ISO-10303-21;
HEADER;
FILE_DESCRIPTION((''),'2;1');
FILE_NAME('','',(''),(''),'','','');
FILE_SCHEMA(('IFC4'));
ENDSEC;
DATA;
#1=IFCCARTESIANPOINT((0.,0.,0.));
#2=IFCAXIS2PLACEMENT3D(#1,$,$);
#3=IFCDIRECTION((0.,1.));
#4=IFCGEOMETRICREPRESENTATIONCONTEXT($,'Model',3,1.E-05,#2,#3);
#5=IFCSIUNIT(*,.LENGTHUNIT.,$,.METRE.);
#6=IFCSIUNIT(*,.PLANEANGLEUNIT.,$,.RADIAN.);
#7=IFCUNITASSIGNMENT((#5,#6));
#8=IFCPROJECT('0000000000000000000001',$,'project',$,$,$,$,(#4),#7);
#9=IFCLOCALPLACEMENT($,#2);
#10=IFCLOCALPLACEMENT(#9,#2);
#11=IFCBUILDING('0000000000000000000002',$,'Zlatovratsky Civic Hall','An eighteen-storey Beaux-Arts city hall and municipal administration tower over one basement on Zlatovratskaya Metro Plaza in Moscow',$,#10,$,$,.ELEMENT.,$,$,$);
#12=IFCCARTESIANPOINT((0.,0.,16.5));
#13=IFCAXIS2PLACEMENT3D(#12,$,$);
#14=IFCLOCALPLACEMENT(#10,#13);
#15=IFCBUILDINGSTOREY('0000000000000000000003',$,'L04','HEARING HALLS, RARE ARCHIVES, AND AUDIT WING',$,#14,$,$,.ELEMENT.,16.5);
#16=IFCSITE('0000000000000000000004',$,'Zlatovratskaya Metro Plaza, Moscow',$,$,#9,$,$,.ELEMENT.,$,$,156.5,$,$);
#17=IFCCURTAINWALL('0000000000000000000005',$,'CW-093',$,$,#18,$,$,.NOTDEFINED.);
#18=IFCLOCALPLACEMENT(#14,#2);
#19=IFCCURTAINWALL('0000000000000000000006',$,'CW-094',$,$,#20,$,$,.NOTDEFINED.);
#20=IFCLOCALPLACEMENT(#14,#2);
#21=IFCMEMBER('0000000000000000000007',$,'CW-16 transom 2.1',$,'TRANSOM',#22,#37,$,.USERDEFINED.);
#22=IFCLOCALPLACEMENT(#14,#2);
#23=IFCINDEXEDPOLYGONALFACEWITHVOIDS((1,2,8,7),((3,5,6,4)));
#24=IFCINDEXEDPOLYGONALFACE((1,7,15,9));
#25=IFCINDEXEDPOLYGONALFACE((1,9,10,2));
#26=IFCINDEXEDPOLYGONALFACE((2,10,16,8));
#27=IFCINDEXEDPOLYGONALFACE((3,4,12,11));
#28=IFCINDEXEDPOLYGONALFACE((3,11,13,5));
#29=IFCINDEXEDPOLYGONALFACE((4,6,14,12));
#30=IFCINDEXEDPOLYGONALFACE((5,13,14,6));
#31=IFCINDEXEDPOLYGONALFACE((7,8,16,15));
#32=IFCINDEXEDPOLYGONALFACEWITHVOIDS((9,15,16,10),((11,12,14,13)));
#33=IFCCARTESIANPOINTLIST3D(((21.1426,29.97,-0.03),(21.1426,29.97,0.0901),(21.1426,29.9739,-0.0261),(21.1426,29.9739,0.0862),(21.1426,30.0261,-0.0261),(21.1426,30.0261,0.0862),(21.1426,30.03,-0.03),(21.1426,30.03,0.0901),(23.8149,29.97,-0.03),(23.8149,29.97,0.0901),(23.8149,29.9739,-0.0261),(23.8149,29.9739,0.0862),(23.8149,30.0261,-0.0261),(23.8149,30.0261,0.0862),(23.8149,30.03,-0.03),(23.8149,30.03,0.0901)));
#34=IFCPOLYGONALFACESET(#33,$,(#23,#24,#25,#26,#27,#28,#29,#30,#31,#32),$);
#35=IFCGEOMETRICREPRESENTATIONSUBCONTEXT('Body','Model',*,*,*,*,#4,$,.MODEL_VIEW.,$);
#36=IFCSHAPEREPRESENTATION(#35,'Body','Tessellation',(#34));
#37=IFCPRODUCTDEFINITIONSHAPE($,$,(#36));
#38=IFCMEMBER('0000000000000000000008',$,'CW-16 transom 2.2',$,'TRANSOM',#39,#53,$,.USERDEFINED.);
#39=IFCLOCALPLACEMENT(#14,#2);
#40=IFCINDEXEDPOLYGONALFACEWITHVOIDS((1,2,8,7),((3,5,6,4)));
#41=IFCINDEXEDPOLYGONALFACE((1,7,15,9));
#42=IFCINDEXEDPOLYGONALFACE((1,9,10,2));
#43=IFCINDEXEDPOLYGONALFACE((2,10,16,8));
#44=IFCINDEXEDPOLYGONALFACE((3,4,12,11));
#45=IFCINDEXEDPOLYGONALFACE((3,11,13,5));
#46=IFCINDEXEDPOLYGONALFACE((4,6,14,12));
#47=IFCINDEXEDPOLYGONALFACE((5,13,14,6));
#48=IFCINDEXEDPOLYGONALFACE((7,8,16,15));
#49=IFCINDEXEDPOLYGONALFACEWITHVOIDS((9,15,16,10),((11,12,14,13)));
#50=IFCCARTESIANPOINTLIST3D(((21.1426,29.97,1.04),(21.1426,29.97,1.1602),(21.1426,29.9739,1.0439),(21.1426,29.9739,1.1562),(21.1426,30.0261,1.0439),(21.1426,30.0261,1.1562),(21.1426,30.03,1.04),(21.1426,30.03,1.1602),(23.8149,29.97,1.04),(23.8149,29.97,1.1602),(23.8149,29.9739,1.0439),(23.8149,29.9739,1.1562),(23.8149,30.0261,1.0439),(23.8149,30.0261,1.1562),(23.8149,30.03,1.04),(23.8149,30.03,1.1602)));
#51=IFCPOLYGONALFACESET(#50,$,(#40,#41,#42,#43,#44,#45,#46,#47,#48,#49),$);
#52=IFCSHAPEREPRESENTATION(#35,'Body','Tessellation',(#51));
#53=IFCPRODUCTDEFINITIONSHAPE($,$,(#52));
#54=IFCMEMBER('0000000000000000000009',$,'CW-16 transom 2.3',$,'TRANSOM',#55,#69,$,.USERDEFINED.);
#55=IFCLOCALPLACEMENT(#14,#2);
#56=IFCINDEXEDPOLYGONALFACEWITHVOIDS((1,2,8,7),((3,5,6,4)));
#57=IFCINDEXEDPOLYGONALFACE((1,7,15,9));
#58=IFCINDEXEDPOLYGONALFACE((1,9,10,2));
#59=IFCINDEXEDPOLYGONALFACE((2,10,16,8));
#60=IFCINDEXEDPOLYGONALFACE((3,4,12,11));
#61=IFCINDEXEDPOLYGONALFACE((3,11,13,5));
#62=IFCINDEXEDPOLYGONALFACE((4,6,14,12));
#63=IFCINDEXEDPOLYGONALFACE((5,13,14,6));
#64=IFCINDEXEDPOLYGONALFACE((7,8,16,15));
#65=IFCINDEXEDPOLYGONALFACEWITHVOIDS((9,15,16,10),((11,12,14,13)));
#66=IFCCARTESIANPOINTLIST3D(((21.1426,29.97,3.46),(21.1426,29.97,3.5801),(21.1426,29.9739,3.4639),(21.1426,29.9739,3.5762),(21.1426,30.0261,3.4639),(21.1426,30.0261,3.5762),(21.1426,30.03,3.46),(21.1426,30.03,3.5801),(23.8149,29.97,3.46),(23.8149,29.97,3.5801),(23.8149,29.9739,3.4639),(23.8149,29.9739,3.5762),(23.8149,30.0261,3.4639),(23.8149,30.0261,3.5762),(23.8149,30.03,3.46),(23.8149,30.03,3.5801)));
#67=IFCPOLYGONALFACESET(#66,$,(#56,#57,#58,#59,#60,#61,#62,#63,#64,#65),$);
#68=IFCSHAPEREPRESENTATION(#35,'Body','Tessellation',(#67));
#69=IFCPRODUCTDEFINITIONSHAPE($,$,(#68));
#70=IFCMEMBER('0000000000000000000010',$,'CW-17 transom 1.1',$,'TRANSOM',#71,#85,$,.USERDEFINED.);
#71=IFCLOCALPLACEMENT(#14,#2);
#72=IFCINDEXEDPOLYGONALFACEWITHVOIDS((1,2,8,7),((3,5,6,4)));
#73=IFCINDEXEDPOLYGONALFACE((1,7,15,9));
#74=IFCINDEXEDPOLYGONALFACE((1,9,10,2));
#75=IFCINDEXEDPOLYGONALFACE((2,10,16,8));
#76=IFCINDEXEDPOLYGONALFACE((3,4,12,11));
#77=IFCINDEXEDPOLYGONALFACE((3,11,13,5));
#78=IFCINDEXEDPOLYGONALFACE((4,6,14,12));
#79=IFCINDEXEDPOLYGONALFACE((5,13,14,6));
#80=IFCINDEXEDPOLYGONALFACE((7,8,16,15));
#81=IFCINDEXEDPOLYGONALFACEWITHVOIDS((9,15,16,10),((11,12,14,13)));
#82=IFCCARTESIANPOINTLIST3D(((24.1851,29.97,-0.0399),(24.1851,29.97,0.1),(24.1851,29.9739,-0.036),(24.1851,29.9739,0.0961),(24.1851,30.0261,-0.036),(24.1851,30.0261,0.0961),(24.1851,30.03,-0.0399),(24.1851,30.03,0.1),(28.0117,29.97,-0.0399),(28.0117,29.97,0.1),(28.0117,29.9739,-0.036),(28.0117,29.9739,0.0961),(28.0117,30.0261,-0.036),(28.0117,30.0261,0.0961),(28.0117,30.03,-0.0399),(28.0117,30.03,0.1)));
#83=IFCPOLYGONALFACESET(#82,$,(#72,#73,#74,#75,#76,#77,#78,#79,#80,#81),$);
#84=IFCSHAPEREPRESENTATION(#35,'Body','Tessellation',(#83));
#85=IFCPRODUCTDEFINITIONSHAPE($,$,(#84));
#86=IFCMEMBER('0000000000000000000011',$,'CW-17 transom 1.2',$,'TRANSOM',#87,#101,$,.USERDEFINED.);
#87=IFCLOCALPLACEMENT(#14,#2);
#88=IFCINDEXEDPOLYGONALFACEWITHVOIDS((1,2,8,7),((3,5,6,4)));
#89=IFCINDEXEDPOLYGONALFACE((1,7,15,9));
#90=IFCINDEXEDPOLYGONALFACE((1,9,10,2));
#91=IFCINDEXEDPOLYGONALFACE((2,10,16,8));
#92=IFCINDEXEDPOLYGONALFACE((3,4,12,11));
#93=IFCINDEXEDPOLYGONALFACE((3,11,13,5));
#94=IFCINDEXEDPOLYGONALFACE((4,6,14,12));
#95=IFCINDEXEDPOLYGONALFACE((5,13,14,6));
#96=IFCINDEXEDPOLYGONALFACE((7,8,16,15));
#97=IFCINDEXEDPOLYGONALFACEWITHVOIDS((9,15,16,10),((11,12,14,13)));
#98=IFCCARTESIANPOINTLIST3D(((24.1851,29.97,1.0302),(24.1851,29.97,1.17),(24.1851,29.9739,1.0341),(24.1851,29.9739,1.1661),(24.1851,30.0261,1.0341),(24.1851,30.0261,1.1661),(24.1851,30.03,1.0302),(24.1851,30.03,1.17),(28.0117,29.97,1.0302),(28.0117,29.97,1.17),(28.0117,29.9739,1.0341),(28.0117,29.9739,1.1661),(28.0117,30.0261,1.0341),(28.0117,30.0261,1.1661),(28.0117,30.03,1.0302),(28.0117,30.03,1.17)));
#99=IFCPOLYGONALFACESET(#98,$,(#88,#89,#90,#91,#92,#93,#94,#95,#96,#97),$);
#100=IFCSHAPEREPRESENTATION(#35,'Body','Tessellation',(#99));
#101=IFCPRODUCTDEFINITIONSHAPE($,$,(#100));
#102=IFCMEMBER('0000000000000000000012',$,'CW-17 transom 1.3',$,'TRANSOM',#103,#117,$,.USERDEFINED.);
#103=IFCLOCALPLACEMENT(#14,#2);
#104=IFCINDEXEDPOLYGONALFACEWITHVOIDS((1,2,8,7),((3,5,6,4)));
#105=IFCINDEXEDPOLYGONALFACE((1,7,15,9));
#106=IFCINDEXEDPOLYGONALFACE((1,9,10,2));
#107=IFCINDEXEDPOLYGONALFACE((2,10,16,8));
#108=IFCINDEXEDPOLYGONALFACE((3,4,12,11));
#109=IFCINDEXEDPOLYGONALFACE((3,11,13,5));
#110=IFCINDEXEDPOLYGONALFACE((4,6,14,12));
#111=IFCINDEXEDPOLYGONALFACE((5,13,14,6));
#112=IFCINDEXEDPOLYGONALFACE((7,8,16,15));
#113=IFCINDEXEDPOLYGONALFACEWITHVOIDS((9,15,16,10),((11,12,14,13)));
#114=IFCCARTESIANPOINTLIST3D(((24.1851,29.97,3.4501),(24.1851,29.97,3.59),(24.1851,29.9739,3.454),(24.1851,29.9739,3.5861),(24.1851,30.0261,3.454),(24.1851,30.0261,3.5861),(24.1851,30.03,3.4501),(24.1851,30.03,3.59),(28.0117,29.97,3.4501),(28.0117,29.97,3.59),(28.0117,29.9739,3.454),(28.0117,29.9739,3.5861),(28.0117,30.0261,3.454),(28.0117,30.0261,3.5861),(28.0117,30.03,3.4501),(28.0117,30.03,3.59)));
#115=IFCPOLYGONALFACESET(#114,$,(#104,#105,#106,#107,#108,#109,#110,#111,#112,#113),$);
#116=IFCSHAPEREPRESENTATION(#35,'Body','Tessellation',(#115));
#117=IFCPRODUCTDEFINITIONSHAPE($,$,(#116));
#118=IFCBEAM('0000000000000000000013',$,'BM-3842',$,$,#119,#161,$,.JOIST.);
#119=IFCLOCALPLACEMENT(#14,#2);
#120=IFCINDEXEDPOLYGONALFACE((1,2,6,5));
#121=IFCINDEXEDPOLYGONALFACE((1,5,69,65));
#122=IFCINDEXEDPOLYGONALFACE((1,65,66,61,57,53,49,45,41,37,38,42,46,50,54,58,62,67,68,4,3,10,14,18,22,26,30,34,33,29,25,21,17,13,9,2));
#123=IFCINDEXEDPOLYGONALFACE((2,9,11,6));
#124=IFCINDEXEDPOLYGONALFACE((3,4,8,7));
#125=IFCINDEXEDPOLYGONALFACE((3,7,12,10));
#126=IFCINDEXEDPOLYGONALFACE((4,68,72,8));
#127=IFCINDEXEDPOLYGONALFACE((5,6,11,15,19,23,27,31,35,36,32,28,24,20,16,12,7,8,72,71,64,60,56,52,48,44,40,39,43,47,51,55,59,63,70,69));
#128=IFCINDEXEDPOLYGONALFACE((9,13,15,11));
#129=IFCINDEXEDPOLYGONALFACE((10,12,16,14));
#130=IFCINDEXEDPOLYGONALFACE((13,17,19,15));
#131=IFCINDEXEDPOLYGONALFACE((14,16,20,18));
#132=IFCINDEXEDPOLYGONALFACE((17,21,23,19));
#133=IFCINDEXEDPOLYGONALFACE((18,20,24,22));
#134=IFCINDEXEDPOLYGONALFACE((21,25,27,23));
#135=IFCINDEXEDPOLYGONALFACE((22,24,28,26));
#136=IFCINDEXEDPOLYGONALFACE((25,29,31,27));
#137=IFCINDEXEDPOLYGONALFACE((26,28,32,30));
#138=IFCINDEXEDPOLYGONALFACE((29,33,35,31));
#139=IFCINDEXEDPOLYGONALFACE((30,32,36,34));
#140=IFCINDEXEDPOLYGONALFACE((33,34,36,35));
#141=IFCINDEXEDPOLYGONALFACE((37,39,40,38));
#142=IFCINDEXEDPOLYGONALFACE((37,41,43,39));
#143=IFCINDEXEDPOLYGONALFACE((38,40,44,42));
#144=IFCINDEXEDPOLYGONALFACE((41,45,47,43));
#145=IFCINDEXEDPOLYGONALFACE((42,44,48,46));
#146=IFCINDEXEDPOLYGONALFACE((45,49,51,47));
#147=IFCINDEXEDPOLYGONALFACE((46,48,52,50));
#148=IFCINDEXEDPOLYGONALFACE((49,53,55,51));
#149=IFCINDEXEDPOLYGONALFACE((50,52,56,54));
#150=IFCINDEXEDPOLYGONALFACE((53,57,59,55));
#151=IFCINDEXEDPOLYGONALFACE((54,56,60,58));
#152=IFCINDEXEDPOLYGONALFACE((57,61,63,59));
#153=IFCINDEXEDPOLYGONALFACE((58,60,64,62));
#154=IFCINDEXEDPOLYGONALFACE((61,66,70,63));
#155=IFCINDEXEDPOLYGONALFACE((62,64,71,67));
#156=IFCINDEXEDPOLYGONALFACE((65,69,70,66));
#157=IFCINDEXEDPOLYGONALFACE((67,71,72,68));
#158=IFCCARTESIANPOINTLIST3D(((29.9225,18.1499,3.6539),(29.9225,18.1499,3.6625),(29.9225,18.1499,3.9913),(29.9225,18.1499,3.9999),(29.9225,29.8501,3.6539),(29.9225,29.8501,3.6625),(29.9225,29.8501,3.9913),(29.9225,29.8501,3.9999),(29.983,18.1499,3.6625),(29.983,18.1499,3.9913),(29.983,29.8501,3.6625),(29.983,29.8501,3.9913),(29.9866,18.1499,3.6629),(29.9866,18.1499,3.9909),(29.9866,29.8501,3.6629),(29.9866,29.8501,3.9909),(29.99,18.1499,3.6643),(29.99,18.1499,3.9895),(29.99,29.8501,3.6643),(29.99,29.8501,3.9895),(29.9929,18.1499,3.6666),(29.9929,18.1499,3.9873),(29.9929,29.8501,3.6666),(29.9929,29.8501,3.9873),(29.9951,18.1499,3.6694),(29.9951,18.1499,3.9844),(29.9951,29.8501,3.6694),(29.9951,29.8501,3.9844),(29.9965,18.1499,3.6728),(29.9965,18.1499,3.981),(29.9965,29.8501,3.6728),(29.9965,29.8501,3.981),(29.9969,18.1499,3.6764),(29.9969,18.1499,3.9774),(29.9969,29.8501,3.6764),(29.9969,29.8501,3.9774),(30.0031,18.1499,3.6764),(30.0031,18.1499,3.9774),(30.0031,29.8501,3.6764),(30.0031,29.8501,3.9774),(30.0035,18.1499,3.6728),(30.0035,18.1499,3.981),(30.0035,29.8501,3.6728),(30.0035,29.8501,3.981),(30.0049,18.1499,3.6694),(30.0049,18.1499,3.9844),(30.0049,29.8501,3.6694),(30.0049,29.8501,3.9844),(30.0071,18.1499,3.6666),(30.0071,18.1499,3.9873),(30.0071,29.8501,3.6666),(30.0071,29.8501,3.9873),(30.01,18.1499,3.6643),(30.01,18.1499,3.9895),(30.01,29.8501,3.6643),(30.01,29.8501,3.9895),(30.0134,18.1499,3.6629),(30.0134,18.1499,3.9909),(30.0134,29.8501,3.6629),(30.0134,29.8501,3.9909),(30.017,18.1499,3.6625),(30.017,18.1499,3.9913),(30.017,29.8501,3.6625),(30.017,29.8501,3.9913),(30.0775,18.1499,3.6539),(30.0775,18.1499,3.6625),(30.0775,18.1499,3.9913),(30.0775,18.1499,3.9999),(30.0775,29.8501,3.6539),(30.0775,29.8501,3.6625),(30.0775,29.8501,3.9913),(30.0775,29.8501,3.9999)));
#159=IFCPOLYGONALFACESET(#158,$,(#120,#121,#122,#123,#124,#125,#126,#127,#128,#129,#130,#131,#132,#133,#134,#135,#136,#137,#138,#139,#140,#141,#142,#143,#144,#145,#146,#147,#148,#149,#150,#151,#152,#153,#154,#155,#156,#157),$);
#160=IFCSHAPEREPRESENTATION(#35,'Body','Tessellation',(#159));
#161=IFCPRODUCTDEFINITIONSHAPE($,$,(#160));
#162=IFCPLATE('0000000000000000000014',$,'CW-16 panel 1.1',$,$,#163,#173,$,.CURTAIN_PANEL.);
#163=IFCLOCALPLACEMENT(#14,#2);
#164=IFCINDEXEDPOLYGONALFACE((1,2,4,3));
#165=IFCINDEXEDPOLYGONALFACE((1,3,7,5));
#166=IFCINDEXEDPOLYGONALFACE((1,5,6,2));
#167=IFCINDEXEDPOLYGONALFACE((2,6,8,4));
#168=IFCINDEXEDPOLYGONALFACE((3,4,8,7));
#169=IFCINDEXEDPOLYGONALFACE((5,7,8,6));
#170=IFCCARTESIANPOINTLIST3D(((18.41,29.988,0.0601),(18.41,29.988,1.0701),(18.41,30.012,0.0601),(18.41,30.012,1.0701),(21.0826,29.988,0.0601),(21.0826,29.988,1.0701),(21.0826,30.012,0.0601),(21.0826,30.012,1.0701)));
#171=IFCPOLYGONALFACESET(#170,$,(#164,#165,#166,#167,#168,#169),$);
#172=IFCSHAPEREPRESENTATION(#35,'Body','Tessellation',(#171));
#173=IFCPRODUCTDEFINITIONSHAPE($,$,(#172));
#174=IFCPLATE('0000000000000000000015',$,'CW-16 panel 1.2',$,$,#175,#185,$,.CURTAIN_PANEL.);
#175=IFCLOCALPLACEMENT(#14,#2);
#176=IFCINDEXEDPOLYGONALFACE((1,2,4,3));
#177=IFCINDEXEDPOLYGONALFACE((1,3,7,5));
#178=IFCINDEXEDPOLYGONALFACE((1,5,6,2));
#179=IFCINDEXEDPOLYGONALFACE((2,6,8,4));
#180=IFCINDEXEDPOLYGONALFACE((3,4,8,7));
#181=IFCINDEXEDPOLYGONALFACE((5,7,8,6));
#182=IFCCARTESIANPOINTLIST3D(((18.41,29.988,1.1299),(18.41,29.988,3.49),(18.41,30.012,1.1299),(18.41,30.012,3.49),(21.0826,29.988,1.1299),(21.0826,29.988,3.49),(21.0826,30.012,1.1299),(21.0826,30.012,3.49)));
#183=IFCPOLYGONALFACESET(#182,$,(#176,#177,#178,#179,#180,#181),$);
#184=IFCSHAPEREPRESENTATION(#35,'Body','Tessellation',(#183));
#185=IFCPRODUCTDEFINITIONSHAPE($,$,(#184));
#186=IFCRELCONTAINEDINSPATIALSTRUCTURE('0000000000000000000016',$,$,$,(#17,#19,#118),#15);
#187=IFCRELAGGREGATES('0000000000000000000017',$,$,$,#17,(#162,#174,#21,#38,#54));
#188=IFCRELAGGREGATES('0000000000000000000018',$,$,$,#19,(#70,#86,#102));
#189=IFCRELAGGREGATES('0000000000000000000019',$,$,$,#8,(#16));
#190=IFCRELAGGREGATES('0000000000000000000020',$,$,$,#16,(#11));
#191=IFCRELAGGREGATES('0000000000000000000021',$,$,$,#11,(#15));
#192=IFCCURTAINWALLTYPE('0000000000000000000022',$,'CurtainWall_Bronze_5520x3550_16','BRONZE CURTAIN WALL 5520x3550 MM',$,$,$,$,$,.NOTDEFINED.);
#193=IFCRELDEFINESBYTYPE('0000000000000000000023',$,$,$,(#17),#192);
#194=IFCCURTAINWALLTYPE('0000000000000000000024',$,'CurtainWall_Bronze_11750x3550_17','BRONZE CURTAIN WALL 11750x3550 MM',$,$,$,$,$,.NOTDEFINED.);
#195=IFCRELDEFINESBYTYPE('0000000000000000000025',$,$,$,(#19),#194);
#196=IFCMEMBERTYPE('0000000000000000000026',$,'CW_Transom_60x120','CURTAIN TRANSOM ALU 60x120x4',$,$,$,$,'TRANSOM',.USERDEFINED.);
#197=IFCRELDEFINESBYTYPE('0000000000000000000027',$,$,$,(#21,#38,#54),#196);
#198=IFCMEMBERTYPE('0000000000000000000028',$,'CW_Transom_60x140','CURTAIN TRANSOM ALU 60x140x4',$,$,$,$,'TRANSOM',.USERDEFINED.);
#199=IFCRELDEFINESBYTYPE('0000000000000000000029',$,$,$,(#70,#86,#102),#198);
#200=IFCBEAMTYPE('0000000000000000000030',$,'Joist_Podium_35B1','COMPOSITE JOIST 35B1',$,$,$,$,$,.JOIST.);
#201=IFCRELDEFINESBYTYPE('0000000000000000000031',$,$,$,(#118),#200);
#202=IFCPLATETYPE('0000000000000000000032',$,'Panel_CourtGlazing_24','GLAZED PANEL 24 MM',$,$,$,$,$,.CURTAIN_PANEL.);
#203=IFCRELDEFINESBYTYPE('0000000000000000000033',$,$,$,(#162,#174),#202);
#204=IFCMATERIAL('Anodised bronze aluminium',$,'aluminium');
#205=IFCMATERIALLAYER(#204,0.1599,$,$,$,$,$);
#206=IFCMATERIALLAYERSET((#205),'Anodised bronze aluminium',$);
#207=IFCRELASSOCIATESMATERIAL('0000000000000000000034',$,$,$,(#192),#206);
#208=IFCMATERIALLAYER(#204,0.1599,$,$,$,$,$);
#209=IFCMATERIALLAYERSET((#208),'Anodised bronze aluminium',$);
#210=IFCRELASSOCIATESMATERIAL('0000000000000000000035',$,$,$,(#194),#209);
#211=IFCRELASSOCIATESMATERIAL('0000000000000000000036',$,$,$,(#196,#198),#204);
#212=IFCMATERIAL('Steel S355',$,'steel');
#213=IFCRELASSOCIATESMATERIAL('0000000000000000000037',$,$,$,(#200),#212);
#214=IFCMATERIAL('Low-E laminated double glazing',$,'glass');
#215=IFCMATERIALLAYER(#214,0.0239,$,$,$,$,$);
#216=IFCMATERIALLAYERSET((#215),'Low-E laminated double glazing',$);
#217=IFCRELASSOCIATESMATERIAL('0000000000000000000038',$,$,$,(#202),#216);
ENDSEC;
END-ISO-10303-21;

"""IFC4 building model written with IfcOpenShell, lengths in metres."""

from ifc_helpers import new_model, si_unit, direction, frame, origin, origin_2d, place, context, subcontext, project, spatial, rectangle, hollow_rectangle, i_section, extrude, material, layer, layer_set, material_profile, profile_set, type_object, element, aggregate, save


model = new_model("IFC4")

# Units and contexts
model_context = context("Model", 3, precision=1e-05, world=origin(), true_north=direction((0.0, 1.0)))
body_context = subcontext(model_context, "Body", "Model", "MODEL_VIEW")
ifc_project = project(units=[si_unit("LENGTHUNIT", "METRE"), si_unit("PLANEANGLEUNIT", "RADIAN")], contexts=[model_context])

# Site, building, storey
site_placement = place(None, origin())
site = spatial("IfcSite", under=ifc_project, at=site_placement, Name="Zlatovratskaya Metro Plaza, Moscow", CompositionType="ELEMENT", RefElevation=156.5)
building_placement = place(site_placement, origin())
building = spatial("IfcBuilding", under=site, at=building_placement, Name="Zlatovratsky Civic Hall", Description="An eighteen-storey Beaux-Arts city hall and municipal administration tower over one basement on Zlatovratskaya Metro Plaza in Moscow", CompositionType="ELEMENT")
storey_placement = place(building_placement, frame((0.0, 0.0, 16.5)))
storey = spatial("IfcBuildingStorey", under=building, at=storey_placement, Name="L04", Description="HEARING HALLS, RARE ARCHIVES, AND AUDIT WING", CompositionType="ELEMENT", Elevation=16.5)

# Shared definitions
ifc_material_1 = material(Name="Steel S355", Category="steel")

# Curtain wall
ifc_material_2 = material(Name="Anodised bronze aluminium", Category="aluminium")
ifc_layer_1 = layer(ifc_material_2, 0.1599)
ifc_layer_set_1 = layer_set([ifc_layer_1], Name="Anodised bronze aluminium")
curtain_wall_type_1 = type_object("IfcCurtainWallType", Name="CurtainWall_Bronze_5520x3550_16", Description="BRONZE CURTAIN WALL 5520x3550 MM", PredefinedType="NOTDEFINED", material=ifc_layer_set_1)
curtain_wall_1_placement = place(storey_placement, origin())
curtain_wall_1 = element("IfcCurtainWall", 1, at=curtain_wall_1_placement, inside=storey, type_object=curtain_wall_type_1, Name="CW-093", PredefinedType="NOTDEFINED")

# Curtain wall
ifc_layer_2 = layer(ifc_material_2, 0.1599)
ifc_layer_set_2 = layer_set([ifc_layer_2], Name="Anodised bronze aluminium")
curtain_wall_type_2 = type_object("IfcCurtainWallType", Name="CurtainWall_Bronze_11750x3550_17", Description="BRONZE CURTAIN WALL 11750x3550 MM", PredefinedType="NOTDEFINED", material=ifc_layer_set_2)
curtain_wall_2_placement = place(storey_placement, origin())
curtain_wall_2 = element("IfcCurtainWall", 2, at=curtain_wall_2_placement, inside=storey, type_object=curtain_wall_type_2, Name="CW-094", PredefinedType="NOTDEFINED")

# Members
ifc_material_profile_1 = material_profile(ifc_material_2, hollow_rectangle(XDim=0.0601, YDim=0.1201, WallThickness=0.0039, at=origin_2d()), Name="ALU 60x120x4")
ifc_profile_set_1 = profile_set([ifc_material_profile_1], Name="Anodised bronze aluminium")
member_type_1 = type_object("IfcMemberType", Name="CW_Transom_60x120", Description="CURTAIN TRANSOM ALU 60x120x4", ElementType="TRANSOM", PredefinedType="USERDEFINED", material=ifc_profile_set_1)
member_1_placement = place(storey_placement, frame((21.1426, 30.0, 0.03), z_axis=(1.0, 0.0, 0.0), x_axis=(0.0, 1.0, 0.0)))
member_1 = element("IfcMember", 3, at=member_1_placement, type_object=member_type_1, Name="CW-16 transom 2.1", ObjectType="TRANSOM", PredefinedType="USERDEFINED", context=body_context, shape_type="SweptSolid", body=[
    extrude(hollow_rectangle(XDim=0.0601, YDim=0.1201, WallThickness=0.0039, at=origin_2d()), origin(), (0.0, 0.0, 1.0), 2.6724),
])
member_2_placement = place(storey_placement, frame((21.1426, 30.0, 1.1001), z_axis=(1.0, 0.0, 0.0), x_axis=(0.0, 1.0, 0.0)))
member_2 = element("IfcMember", 4, at=member_2_placement, type_object=member_type_1, Name="CW-16 transom 2.2", ObjectType="TRANSOM", PredefinedType="USERDEFINED", context=body_context, shape_type="SweptSolid", body=[
    extrude(hollow_rectangle(XDim=0.0601, YDim=0.1201, WallThickness=0.0039, at=origin_2d()), origin(), (0.0, 0.0, 1.0), 2.6724),
])
member_3_placement = place(storey_placement, frame((21.1426, 30.0, 3.52), z_axis=(1.0, 0.0, 0.0), x_axis=(0.0, 1.0, 0.0)))
member_3 = element("IfcMember", 5, at=member_3_placement, type_object=member_type_1, Name="CW-16 transom 2.3", ObjectType="TRANSOM", PredefinedType="USERDEFINED", context=body_context, shape_type="SweptSolid", body=[
    extrude(hollow_rectangle(XDim=0.0601, YDim=0.1201, WallThickness=0.0039, at=origin_2d()), origin(), (0.0, 0.0, 1.0), 2.6724),
])
ifc_material_profile_2 = material_profile(ifc_material_2, hollow_rectangle(XDim=0.0601, YDim=0.1399, WallThickness=0.0039, at=origin_2d()), Name="ALU 60x140x4")
ifc_profile_set_2 = profile_set([ifc_material_profile_2], Name="Anodised bronze aluminium")
member_type_2 = type_object("IfcMemberType", Name="CW_Transom_60x140", Description="CURTAIN TRANSOM ALU 60x140x4", ElementType="TRANSOM", PredefinedType="USERDEFINED", material=ifc_profile_set_2)
member_4_placement = place(storey_placement, frame((24.1851, 30.0, 0.03), z_axis=(1.0, 0.0, 0.0), x_axis=(0.0, 1.0, 0.0)))
member_4 = element("IfcMember", 6, at=member_4_placement, type_object=member_type_2, Name="CW-17 transom 1.1", ObjectType="TRANSOM", PredefinedType="USERDEFINED", context=body_context, shape_type="SweptSolid", body=[
    extrude(hollow_rectangle(XDim=0.0601, YDim=0.1399, WallThickness=0.0039, at=origin_2d()), origin(), (0.0, 0.0, 1.0), 3.8267),
])
member_5_placement = place(storey_placement, frame((24.1851, 30.0, 1.1001), z_axis=(1.0, 0.0, 0.0), x_axis=(0.0, 1.0, 0.0)))
member_5 = element("IfcMember", 7, at=member_5_placement, type_object=member_type_2, Name="CW-17 transom 1.2", ObjectType="TRANSOM", PredefinedType="USERDEFINED", context=body_context, shape_type="SweptSolid", body=[
    extrude(hollow_rectangle(XDim=0.0601, YDim=0.1399, WallThickness=0.0039, at=origin_2d()), origin(), (0.0, 0.0, 1.0), 3.8267),
])
member_6_placement = place(storey_placement, frame((24.1851, 30.0, 3.52), z_axis=(1.0, 0.0, 0.0), x_axis=(0.0, 1.0, 0.0)))
member_6 = element("IfcMember", 8, at=member_6_placement, type_object=member_type_2, Name="CW-17 transom 1.3", ObjectType="TRANSOM", PredefinedType="USERDEFINED", context=body_context, shape_type="SweptSolid", body=[
    extrude(hollow_rectangle(XDim=0.0601, YDim=0.1399, WallThickness=0.0039, at=origin_2d()), origin(), (0.0, 0.0, 1.0), 3.8267),
])

# Beam
ifc_material_profile_3 = material_profile(ifc_material_1, i_section(OverallWidth=0.155, OverallDepth=0.3459, WebThickness=0.0061, FlangeThickness=0.0085, FilletRadius=0.0139, at=origin_2d()), Name="35B1")
ifc_profile_set_3 = profile_set([ifc_material_profile_3], Name="Steel S355")
beam_type_1 = type_object("IfcBeamType", Name="Joist_Podium_35B1", Description="COMPOSITE JOIST 35B1", PredefinedType="JOIST", material=ifc_profile_set_3)
beam_1_placement = place(storey_placement, frame((30.0, 18.1499, 3.8269), z_axis=(0.0, 1.0, 0.0), x_axis=(-1.0, 0.0, 0.0)))
element("IfcBeam", 9, at=beam_1_placement, inside=storey, type_object=beam_type_1, Name="BM-3842", PredefinedType="JOIST", context=body_context, shape_type="SweptSolid", body=[
    extrude(i_section(OverallWidth=0.155, OverallDepth=0.3459, WebThickness=0.0061, FlangeThickness=0.0085, FilletRadius=0.0139, at=origin_2d()), origin(), (0.0, 0.0, 1.0), 11.7002),
])

# Plates
ifc_material_3 = material(Name="Low-E laminated double glazing", Category="glass")
ifc_layer_3 = layer(ifc_material_3, 0.0239)
ifc_layer_set_3 = layer_set([ifc_layer_3], Name="Low-E laminated double glazing")
plate_type = type_object("IfcPlateType", Name="Panel_CourtGlazing_24", Description="GLAZED PANEL 24 MM", PredefinedType="CURTAIN_PANEL", material=ifc_layer_set_3)
plate_1_placement = place(storey_placement, frame((19.7463, 30.0, 0.0601), z_axis=(0.0, 0.0, 1.0), x_axis=(1.0, 0.0, 0.0)))
plate_1 = element("IfcPlate", 10, at=plate_1_placement, type_object=plate_type, Name="CW-16 panel 1.1", PredefinedType="CURTAIN_PANEL", context=body_context, shape_type="SweptSolid", body=[
    extrude(rectangle(XDim=2.6726, YDim=0.0239, at=origin_2d()), origin(), (0.0, 0.0, 1.0), 1.01),
])
plate_2_placement = place(storey_placement, frame((19.7463, 30.0, 1.1299), z_axis=(0.0, 0.0, 1.0), x_axis=(1.0, 0.0, 0.0)))
plate_2 = element("IfcPlate", 11, at=plate_2_placement, type_object=plate_type, Name="CW-16 panel 1.2", PredefinedType="CURTAIN_PANEL", context=body_context, shape_type="SweptSolid", body=[
    extrude(rectangle(XDim=2.6726, YDim=0.0239, at=origin_2d()), origin(), (0.0, 0.0, 1.0), 2.3601),
])
aggregate(curtain_wall_1, [plate_1, plate_2, member_1, member_2, member_3])
aggregate(curtain_wall_2, [member_4, member_5, member_6])

save(model, "model.ifc")
